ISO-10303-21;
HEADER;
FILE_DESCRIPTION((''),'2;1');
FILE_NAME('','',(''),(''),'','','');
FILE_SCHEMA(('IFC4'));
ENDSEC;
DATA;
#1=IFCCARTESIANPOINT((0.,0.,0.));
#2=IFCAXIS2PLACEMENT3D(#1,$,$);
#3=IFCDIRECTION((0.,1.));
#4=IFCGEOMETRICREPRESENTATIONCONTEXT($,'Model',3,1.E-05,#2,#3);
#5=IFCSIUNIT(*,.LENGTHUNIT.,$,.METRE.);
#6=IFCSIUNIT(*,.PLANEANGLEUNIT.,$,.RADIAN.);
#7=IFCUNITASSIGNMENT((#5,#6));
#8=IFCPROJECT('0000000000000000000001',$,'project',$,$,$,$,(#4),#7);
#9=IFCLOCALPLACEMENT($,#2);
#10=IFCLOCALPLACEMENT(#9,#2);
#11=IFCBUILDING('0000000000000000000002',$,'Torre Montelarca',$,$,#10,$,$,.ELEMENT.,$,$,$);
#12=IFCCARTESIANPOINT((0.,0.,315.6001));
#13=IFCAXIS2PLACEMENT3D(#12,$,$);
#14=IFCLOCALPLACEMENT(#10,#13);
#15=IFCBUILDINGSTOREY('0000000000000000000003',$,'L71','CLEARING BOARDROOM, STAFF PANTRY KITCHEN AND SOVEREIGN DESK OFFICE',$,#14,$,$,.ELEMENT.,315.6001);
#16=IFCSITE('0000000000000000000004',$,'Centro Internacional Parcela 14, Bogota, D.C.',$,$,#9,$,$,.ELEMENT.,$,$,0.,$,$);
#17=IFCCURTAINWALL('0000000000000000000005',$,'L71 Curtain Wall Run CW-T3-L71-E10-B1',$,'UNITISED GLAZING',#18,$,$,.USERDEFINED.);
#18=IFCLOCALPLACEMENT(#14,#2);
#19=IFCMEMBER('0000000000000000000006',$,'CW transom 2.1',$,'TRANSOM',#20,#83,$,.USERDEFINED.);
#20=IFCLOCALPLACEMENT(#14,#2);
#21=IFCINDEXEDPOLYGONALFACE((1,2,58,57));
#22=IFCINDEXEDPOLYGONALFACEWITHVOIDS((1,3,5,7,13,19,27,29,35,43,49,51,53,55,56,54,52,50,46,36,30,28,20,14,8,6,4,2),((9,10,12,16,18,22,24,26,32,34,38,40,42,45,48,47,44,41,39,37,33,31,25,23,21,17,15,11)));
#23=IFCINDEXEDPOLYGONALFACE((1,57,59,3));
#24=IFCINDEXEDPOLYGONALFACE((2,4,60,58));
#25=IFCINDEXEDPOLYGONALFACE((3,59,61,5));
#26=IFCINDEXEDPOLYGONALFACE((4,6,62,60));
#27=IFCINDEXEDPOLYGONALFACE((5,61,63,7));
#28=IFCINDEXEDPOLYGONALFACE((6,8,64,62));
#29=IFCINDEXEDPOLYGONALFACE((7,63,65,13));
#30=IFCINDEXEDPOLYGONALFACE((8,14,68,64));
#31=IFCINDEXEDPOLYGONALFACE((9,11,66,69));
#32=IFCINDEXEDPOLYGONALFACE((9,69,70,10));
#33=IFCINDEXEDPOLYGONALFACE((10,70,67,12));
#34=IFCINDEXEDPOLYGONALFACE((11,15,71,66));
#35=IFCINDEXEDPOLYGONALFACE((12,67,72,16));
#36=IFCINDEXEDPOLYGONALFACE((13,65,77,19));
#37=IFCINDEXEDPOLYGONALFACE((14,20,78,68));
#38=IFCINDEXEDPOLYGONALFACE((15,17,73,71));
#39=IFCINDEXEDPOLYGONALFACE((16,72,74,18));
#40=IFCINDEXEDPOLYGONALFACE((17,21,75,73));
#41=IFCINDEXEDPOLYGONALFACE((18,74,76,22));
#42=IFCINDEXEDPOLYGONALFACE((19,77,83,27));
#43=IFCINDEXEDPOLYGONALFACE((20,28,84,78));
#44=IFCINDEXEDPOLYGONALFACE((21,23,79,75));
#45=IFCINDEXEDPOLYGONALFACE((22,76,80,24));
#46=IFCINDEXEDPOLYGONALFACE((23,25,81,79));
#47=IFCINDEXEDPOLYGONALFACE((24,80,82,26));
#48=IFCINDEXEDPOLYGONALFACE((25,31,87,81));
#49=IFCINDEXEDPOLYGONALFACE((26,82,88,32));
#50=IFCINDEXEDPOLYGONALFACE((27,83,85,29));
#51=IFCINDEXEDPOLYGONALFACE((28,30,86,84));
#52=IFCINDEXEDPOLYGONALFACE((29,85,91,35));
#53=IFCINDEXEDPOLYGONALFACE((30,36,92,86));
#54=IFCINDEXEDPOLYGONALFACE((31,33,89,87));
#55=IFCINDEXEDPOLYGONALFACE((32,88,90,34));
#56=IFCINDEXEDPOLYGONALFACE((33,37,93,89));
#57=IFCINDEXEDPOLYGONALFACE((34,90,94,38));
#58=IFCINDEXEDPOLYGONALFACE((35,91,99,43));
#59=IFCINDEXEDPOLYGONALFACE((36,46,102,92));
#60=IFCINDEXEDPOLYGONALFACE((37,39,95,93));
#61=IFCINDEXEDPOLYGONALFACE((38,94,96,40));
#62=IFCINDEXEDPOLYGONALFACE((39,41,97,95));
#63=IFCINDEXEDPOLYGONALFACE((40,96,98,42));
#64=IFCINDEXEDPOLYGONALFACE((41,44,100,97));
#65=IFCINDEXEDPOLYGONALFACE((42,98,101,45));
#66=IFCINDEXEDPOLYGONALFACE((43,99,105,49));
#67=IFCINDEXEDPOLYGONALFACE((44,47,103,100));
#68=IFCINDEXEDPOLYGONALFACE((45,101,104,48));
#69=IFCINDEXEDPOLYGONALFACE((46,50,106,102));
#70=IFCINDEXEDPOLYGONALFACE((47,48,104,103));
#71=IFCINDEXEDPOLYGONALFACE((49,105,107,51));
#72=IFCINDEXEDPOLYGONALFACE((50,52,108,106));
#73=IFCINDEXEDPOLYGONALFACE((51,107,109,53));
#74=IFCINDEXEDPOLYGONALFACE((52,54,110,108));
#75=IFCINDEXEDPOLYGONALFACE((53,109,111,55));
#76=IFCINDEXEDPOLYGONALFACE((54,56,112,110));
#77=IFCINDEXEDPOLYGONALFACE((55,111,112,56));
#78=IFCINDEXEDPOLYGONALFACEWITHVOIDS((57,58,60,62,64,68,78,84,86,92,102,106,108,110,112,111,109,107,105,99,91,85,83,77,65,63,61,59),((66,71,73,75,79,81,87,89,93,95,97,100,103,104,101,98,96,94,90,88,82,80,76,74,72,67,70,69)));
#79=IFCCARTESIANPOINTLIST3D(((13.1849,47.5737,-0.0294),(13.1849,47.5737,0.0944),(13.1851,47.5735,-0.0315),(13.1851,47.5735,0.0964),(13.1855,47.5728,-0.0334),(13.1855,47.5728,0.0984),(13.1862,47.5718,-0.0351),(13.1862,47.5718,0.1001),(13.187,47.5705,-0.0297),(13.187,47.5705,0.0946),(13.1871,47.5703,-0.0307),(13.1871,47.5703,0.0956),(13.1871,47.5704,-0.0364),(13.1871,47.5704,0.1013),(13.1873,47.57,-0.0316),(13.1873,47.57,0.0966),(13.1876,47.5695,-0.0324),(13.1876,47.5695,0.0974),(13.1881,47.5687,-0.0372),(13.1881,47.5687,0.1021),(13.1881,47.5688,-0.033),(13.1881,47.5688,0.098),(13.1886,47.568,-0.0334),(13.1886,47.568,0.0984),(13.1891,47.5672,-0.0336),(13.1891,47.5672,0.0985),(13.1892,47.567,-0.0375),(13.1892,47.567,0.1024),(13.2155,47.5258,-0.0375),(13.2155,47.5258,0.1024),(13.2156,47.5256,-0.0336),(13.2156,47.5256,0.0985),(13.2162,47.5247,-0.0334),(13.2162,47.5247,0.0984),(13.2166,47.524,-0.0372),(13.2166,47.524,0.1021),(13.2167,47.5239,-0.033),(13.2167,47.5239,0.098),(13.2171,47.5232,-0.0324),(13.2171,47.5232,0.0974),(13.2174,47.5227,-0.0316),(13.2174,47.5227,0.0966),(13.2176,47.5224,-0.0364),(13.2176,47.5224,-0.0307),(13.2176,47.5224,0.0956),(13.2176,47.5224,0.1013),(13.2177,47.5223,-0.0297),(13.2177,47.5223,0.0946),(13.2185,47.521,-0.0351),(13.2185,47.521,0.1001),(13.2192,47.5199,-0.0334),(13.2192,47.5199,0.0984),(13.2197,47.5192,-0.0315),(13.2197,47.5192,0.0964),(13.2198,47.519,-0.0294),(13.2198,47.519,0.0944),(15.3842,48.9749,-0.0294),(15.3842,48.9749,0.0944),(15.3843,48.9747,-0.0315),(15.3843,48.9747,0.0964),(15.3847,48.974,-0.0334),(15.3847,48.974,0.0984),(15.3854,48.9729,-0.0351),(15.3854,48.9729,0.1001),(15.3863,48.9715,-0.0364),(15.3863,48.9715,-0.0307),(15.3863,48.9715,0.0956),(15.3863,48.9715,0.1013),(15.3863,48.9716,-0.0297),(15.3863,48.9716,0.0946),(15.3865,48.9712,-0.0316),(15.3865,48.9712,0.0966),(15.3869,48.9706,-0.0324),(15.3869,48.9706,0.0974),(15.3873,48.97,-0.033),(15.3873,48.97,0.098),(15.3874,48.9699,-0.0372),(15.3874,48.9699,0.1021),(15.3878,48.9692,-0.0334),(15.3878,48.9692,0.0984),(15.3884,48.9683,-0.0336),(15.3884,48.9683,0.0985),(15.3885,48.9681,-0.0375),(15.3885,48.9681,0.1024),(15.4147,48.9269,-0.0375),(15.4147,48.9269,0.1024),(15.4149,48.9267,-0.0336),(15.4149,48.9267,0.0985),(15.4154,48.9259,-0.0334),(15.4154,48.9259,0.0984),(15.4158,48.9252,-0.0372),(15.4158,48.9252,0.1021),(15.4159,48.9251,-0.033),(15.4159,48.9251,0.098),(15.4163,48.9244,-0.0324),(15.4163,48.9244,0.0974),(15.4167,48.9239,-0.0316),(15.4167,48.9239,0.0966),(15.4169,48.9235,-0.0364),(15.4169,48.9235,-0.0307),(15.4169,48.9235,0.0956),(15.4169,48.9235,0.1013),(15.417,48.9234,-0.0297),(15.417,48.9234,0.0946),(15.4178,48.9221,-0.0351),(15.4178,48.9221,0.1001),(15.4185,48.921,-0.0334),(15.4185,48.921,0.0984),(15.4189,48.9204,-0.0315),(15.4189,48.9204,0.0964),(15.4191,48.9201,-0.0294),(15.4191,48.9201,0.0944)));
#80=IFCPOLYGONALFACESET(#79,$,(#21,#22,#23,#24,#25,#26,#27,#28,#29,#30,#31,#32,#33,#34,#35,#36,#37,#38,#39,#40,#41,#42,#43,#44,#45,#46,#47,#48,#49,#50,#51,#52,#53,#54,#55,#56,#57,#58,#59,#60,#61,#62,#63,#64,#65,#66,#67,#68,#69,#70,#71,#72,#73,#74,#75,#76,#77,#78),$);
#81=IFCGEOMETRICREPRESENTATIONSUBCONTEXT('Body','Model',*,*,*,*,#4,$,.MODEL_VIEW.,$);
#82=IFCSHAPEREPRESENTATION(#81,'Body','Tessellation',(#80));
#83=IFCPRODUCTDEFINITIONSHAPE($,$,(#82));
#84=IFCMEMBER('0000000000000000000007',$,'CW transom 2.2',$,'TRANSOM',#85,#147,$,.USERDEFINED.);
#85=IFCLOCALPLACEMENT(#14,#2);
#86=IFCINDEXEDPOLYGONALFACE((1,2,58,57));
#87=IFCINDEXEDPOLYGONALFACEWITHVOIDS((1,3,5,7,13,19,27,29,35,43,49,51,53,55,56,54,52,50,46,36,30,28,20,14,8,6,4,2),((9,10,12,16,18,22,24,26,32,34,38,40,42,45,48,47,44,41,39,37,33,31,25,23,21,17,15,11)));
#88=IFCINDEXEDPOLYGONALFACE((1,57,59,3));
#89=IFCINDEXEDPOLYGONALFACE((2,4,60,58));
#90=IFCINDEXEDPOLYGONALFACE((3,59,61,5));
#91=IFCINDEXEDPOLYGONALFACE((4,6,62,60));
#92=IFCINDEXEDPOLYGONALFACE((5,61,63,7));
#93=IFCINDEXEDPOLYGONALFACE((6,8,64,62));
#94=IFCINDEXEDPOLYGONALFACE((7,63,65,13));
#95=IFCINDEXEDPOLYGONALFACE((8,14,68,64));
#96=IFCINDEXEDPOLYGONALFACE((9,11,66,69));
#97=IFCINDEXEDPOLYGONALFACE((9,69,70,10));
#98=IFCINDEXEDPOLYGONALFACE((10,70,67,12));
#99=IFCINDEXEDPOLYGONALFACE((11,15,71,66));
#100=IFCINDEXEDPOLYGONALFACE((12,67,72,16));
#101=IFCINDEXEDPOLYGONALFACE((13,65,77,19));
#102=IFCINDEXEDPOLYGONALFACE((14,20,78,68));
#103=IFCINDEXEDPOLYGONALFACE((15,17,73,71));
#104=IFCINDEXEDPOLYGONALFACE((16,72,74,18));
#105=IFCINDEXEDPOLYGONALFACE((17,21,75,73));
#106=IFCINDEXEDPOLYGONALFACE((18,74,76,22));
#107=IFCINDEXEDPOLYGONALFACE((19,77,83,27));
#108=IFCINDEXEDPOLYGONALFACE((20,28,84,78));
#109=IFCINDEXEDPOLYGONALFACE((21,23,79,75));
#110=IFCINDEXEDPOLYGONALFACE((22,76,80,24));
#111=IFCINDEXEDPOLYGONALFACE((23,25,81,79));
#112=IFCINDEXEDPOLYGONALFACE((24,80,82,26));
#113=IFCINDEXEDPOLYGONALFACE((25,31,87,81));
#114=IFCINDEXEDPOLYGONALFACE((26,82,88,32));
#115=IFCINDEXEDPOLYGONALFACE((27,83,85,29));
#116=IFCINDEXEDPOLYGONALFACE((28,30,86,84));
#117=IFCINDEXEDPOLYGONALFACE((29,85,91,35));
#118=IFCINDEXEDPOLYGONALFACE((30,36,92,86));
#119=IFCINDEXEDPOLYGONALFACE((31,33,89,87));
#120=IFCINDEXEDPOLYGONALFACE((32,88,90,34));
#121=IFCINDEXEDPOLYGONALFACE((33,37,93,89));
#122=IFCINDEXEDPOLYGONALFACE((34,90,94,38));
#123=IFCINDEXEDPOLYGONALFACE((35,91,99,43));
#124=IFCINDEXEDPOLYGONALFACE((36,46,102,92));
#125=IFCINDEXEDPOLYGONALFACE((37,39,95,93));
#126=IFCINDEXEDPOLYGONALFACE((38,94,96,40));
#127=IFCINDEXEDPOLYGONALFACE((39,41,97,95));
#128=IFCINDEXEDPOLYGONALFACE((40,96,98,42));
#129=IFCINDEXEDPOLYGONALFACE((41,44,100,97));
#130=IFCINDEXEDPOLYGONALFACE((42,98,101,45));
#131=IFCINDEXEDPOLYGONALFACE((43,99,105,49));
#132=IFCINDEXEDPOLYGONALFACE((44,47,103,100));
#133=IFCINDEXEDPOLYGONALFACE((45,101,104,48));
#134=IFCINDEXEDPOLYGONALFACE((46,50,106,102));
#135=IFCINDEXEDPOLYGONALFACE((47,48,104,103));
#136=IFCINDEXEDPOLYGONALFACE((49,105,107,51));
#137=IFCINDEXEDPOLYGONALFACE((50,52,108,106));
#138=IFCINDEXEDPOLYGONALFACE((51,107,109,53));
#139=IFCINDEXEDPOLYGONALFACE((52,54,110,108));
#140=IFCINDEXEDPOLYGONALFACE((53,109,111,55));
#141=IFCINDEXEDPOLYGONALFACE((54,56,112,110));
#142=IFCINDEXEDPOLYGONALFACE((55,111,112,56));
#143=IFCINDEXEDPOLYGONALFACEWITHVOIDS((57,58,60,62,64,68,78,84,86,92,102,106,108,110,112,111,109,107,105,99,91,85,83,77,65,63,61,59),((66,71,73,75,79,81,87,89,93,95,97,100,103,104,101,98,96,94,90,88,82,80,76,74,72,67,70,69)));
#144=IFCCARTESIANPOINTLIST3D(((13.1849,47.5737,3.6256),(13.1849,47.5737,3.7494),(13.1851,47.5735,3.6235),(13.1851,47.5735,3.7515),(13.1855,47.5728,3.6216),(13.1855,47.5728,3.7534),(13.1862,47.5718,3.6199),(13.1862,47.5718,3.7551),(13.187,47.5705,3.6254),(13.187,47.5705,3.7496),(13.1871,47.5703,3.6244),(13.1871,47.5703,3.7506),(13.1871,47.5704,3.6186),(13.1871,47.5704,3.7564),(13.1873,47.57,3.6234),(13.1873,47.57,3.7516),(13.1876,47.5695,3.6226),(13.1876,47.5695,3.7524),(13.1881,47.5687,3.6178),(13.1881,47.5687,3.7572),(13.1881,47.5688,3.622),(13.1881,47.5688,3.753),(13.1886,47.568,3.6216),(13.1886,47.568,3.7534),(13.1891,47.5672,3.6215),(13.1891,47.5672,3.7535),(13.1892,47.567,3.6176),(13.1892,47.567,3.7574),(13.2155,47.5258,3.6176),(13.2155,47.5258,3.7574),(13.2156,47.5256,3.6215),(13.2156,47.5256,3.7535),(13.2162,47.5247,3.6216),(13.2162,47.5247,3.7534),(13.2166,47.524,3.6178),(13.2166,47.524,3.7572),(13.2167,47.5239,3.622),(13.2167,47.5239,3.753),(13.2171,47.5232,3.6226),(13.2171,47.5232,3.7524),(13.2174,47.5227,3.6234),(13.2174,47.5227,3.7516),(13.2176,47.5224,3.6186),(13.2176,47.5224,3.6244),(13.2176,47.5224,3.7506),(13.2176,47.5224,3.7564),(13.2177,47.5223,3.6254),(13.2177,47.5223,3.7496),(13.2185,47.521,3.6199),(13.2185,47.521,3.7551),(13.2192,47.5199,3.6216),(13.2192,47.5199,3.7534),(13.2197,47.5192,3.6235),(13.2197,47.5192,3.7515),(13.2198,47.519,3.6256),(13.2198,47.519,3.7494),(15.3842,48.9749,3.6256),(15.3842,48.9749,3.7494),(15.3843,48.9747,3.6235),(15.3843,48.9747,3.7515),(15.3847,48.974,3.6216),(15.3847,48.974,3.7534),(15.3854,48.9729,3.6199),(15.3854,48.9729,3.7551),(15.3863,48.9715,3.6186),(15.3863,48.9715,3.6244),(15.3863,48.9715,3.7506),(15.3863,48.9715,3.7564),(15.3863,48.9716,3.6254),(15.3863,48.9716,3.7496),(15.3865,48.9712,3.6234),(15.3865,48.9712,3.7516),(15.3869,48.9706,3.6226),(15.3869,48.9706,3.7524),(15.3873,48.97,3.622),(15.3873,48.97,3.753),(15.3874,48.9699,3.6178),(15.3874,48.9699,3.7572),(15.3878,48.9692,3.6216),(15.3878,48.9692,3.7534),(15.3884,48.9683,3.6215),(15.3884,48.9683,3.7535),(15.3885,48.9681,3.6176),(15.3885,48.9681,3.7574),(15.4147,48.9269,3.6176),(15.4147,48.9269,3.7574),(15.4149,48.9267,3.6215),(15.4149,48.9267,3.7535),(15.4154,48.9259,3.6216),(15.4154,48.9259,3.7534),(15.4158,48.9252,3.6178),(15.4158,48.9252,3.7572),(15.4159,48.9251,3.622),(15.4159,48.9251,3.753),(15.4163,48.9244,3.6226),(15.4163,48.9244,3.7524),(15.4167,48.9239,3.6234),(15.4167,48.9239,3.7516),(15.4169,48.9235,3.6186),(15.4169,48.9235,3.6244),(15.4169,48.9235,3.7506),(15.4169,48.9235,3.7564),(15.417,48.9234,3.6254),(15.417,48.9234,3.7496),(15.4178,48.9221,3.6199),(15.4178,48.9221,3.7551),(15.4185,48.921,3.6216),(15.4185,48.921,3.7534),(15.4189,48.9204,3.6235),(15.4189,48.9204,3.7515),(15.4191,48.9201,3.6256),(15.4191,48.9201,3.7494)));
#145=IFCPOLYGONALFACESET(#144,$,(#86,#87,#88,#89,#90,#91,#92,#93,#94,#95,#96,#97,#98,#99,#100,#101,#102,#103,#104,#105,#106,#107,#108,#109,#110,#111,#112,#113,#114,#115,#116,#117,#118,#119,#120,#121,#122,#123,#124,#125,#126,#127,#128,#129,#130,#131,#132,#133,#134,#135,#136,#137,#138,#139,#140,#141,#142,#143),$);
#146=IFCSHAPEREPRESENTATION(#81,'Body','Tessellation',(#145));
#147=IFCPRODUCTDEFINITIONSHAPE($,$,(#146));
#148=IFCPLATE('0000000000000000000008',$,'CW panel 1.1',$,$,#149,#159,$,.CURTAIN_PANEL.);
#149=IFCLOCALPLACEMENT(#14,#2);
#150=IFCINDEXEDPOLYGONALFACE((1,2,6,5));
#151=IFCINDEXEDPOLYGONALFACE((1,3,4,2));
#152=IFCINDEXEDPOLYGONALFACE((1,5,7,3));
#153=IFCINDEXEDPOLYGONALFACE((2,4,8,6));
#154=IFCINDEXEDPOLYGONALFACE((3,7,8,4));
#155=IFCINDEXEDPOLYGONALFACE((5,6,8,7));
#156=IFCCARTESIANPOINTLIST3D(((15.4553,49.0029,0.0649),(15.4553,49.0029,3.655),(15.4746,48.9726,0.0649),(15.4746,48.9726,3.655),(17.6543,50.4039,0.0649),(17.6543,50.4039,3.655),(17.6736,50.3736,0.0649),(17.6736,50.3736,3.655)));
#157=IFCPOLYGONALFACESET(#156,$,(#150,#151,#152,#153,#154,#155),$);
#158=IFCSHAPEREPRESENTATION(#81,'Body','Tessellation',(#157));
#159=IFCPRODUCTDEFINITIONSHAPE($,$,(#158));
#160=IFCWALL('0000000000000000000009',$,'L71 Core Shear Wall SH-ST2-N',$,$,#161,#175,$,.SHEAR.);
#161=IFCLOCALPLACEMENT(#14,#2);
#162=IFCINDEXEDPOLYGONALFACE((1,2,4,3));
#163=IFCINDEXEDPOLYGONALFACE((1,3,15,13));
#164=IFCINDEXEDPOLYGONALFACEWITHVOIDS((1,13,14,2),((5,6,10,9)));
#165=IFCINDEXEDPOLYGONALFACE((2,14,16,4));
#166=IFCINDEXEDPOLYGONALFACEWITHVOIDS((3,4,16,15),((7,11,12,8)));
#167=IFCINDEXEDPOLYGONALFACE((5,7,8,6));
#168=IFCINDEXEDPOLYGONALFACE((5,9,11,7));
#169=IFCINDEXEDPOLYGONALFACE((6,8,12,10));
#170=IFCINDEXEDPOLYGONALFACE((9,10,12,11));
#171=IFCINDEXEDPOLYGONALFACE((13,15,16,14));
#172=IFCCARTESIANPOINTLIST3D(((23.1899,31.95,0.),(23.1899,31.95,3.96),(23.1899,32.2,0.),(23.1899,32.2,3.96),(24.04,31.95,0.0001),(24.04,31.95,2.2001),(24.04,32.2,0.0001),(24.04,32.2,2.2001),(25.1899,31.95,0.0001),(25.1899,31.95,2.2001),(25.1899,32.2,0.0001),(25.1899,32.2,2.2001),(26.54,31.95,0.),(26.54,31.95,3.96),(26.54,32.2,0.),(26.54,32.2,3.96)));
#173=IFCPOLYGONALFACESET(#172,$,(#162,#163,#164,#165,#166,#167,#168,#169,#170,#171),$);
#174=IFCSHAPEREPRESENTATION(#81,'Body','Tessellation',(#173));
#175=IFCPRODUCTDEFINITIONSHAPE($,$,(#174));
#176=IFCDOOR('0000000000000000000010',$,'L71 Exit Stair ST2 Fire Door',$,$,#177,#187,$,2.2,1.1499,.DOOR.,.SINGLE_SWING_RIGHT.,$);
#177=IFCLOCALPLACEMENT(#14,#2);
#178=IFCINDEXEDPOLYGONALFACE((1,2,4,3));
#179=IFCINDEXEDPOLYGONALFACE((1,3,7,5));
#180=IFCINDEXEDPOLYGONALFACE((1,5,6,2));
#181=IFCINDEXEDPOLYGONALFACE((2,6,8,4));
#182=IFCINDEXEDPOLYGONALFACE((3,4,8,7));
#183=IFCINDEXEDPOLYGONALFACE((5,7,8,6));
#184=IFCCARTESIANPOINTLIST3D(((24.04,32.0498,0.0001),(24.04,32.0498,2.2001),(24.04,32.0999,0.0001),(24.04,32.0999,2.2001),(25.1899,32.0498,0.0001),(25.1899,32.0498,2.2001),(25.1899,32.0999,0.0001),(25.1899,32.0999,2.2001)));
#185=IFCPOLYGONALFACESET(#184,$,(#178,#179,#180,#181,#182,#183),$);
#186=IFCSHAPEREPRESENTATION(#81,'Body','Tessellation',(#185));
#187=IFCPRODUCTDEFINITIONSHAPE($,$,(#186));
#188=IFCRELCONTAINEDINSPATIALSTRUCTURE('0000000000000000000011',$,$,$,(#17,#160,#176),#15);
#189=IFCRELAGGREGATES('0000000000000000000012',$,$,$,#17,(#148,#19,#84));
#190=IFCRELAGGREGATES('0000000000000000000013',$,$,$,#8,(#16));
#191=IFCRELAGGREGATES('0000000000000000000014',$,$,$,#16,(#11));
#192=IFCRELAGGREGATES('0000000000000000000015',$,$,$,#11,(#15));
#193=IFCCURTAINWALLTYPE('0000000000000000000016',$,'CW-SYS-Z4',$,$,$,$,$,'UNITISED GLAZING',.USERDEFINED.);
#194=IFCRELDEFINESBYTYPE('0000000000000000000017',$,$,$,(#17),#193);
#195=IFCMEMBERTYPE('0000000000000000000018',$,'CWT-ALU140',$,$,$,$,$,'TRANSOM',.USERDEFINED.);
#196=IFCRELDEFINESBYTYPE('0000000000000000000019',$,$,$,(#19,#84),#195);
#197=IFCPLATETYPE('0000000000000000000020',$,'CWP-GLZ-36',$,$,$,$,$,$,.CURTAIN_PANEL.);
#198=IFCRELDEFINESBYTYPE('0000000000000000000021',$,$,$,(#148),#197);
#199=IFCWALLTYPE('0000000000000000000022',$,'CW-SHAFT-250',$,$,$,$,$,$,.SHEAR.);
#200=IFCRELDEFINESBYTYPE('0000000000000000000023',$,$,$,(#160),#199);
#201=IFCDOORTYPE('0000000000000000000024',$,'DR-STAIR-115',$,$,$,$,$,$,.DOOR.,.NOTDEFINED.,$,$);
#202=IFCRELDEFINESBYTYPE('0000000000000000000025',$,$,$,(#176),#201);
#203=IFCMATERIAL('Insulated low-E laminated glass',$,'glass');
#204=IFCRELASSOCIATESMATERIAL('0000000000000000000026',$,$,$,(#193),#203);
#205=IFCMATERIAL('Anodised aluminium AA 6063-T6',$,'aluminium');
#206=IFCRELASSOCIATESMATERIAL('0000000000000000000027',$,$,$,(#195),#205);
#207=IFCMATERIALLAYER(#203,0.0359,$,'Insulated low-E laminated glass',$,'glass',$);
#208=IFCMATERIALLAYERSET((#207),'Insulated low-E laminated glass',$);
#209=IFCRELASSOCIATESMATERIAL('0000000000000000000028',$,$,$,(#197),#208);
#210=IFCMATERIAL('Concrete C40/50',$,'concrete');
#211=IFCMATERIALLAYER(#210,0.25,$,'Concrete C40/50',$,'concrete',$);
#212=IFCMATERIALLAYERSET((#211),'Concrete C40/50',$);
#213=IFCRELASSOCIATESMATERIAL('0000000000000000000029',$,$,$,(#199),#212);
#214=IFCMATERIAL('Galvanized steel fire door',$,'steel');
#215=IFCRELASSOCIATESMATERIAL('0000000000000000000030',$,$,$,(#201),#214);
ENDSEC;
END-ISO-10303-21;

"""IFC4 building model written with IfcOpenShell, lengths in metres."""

from ifc_helpers import new_model, si_unit, direction, frame, frame_2d, origin, origin_2d, place, context, subcontext, project, spatial, rectangle, hollow_rectangle, extrude, source, transform, mapped, material, layer, layer_set, material_profile, profile_set, type_object, element, fill, aggregate, save


model = new_model("IFC4")

# Units and contexts
model_context = context("Model", 3, precision=1e-05, world=origin(), true_north=direction((0.0, 1.0)))
body_context = subcontext(model_context, "Body", "Model", "MODEL_VIEW")
ifc_project = project(units=[si_unit("LENGTHUNIT", "METRE"), si_unit("PLANEANGLEUNIT", "RADIAN")], contexts=[model_context])

# Site, building, storey
site_placement = place(None, origin())
site = spatial("IfcSite", under=ifc_project, at=site_placement, Name="Centro Internacional Parcela 14, Bogota, D.C.", CompositionType="ELEMENT", RefElevation=0.0)
building_placement = place(site_placement, origin())
building = spatial("IfcBuilding", under=site, at=building_placement, Name="Torre Montelarca", CompositionType="ELEMENT")
storey_placement = place(building_placement, frame((0.0, 0.0, 315.6001)))
storey = spatial("IfcBuildingStorey", under=building, at=storey_placement, Name="L71", Description="CLEARING BOARDROOM, STAFF PANTRY KITCHEN AND SOVEREIGN DESK OFFICE", CompositionType="ELEMENT", Elevation=315.6001)

# Curtain wall, members, plate
ifc_material_1 = material(Name="Insulated low-E laminated glass", Category="glass")
curtain_wall_type = type_object("IfcCurtainWallType", Name="CW-SYS-Z4", ElementType="UNITISED GLAZING", PredefinedType="USERDEFINED", material=ifc_material_1)
curtain_wall_placement = place(storey_placement, origin())
curtain_wall = element("IfcCurtainWall", 1, at=curtain_wall_placement, inside=storey, type_object=curtain_wall_type, Name="L71 Curtain Wall Run CW-T3-L71-E10-B1", ObjectType="UNITISED GLAZING", PredefinedType="USERDEFINED")
ifc_material_2 = material(Name="Anodised aluminium AA 6063-T6", Category="aluminium")
ifc_material_profile_1 = material_profile(ifc_material_2, hollow_rectangle(XDim=0.0649, YDim=0.1399, WallThickness=0.0039, InnerFilletRadius=0.0039, OuterFilletRadius=0.0081, at=origin_2d()), Name="ALU65X140X4", Category="aluminium")
ifc_profile_set_1 = profile_set([ifc_material_profile_1], Name="Anodised aluminium AA 6063-T6")
member_type_1 = type_object("IfcMemberType", Name="CWT-ALU140", ElementType="TRANSOM", PredefinedType="USERDEFINED", material=ifc_profile_set_1)
shared_shape_1 = source(origin(), body_context, "Body", "SweptSolid", [
    extrude(hollow_rectangle(XDim=0.0649, YDim=0.1399, WallThickness=0.0039, InnerFilletRadius=0.0039, OuterFilletRadius=0.0081, at=origin_2d()), origin(), (0.0, 0.0, 1.0), 2.6077),
])
member_1_placement = place(storey_placement, frame((15.4016, 48.9475, 0.0325), z_axis=(-0.84338, -0.537318, 0.0), x_axis=(0.537318, -0.84338, 0.0)))
member_1 = element("IfcMember", 2, at=member_1_placement, type_object=member_type_1, Name="CW transom 2.1", ObjectType="TRANSOM", PredefinedType="USERDEFINED", context=body_context, shape_type="MappedRepresentation", body=[
    mapped(shared_shape_1, transform((0.0, 0.0, 0.0), scale=1.0)),
])
member_2_placement = place(storey_placement, frame((15.4016, 48.9475, 3.6875), z_axis=(-0.84338, -0.537318, 0.0), x_axis=(0.537318, -0.84338, 0.0)))
member_2 = element("IfcMember", 3, at=member_2_placement, type_object=member_type_1, Name="CW transom 2.2", ObjectType="TRANSOM", PredefinedType="USERDEFINED", context=body_context, shape_type="MappedRepresentation", body=[
    mapped(shared_shape_1, transform((0.0, 0.0, 0.0), scale=1.0)),
])
ifc_layer_1 = layer(ifc_material_1, 0.0359, Name="Insulated low-E laminated glass", Category="glass")
ifc_layer_set_1 = layer_set([ifc_layer_1], Name="Insulated low-E laminated glass")
plate_type = type_object("IfcPlateType", Name="CWP-GLZ-36", PredefinedType="CURTAIN_PANEL", material=ifc_layer_set_1)
shared_shape_2 = source(origin(), body_context, "Body", "SweptSolid", [
    extrude(rectangle(XDim=2.6074, YDim=0.0359, at=origin_2d()), origin(), (0.0, 0.0, 1.0), 3.5901),
])
plate_placement = place(storey_placement, frame((16.5645, 49.6882, 0.0649), z_axis=(0.0, 0.0, 1.0), x_axis=(-0.84339, -0.537302, 0.0)))
plate = element("IfcPlate", 4, at=plate_placement, type_object=plate_type, Name="CW panel 1.1", PredefinedType="CURTAIN_PANEL", context=body_context, shape_type="MappedRepresentation", body=[
    mapped(shared_shape_2, transform((0.0, 0.0, 0.0), scale=1.0)),
])
aggregate(curtain_wall, [plate, member_1, member_2])

# Wall, opening, door
ifc_material_3 = material(Name="Concrete C40/50", Category="concrete")
ifc_layer_2 = layer(ifc_material_3, 0.25, Name="Concrete C40/50", Category="concrete")
ifc_layer_set_2 = layer_set([ifc_layer_2], Name="Concrete C40/50")
wall_type_1 = type_object("IfcWallType", Name="CW-SHAFT-250", PredefinedType="SHEAR", material=ifc_layer_set_2)
wall_1_placement = place(storey_placement, frame((23.1899, 32.075, 0.0), z_axis=(0.0, 0.0, 1.0), x_axis=(1.0, 0.0, 0.0)))
wall_1 = element("IfcWall", 5, at=wall_1_placement, inside=storey, type_object=wall_type_1, Name="L71 Core Shear Wall SH-ST2-N", PredefinedType="SHEAR", context=body_context, shape_type="SweptSolid", body=[
    extrude(rectangle(XDim=3.3501, YDim=0.25, at=frame_2d((1.675, 0.0))), origin(), (0.0, 0.0, 1.0), 3.96),
])
opening_1_placement = place(wall_1_placement, frame((0.8501, 0.0, 0.0)))
opening_1 = element("IfcOpeningElement", 6, at=opening_1_placement, cuts=wall_1, PredefinedType="OPENING", context=body_context, shape_type="SweptSolid", body=[
    extrude(rectangle(XDim=1.1499, YDim=2.2, at=frame_2d((0.575, 1.1001))), frame((0.0, 0.135, 0.0), z_axis=(0.0, -1.0, 0.0), x_axis=(1.0, 0.0, 0.0)), (0.0, 0.0, 1.0), 0.27),
])
ifc_material_4 = material(Name="Galvanized steel fire door", Category="steel")
door_type_1 = type_object("IfcDoorType", Name="DR-STAIR-115", OperationType="NOTDEFINED", PredefinedType="DOOR", material=ifc_material_4)
shared_shape_3 = source(origin(), body_context, "Body", "SweptSolid", [
    extrude(rectangle(XDim=1.1499, YDim=2.2, at=frame_2d((0.575, 1.1001))), frame((0.0, 0.0249, 0.0), z_axis=(0.0, -1.0, 0.0), x_axis=(1.0, 0.0, 0.0)), (0.0, 0.0, 1.0), 0.05),
])
door_1_placement = place(opening_1_placement, origin())
door_1 = element("IfcDoor", 7, at=door_1_placement, inside=storey, type_object=door_type_1, Name="L71 Exit Stair ST2 Fire Door", OperationType="SINGLE_SWING_RIGHT", OverallHeight=2.2, OverallWidth=1.1499, PredefinedType="DOOR", context=body_context, shape_type="MappedRepresentation", body=[
    mapped(shared_shape_3, transform((0.0, 0.0, 0.0), scale=1.0)),
])
fill(opening_1, door_1)

save(model, "model.ifc")
